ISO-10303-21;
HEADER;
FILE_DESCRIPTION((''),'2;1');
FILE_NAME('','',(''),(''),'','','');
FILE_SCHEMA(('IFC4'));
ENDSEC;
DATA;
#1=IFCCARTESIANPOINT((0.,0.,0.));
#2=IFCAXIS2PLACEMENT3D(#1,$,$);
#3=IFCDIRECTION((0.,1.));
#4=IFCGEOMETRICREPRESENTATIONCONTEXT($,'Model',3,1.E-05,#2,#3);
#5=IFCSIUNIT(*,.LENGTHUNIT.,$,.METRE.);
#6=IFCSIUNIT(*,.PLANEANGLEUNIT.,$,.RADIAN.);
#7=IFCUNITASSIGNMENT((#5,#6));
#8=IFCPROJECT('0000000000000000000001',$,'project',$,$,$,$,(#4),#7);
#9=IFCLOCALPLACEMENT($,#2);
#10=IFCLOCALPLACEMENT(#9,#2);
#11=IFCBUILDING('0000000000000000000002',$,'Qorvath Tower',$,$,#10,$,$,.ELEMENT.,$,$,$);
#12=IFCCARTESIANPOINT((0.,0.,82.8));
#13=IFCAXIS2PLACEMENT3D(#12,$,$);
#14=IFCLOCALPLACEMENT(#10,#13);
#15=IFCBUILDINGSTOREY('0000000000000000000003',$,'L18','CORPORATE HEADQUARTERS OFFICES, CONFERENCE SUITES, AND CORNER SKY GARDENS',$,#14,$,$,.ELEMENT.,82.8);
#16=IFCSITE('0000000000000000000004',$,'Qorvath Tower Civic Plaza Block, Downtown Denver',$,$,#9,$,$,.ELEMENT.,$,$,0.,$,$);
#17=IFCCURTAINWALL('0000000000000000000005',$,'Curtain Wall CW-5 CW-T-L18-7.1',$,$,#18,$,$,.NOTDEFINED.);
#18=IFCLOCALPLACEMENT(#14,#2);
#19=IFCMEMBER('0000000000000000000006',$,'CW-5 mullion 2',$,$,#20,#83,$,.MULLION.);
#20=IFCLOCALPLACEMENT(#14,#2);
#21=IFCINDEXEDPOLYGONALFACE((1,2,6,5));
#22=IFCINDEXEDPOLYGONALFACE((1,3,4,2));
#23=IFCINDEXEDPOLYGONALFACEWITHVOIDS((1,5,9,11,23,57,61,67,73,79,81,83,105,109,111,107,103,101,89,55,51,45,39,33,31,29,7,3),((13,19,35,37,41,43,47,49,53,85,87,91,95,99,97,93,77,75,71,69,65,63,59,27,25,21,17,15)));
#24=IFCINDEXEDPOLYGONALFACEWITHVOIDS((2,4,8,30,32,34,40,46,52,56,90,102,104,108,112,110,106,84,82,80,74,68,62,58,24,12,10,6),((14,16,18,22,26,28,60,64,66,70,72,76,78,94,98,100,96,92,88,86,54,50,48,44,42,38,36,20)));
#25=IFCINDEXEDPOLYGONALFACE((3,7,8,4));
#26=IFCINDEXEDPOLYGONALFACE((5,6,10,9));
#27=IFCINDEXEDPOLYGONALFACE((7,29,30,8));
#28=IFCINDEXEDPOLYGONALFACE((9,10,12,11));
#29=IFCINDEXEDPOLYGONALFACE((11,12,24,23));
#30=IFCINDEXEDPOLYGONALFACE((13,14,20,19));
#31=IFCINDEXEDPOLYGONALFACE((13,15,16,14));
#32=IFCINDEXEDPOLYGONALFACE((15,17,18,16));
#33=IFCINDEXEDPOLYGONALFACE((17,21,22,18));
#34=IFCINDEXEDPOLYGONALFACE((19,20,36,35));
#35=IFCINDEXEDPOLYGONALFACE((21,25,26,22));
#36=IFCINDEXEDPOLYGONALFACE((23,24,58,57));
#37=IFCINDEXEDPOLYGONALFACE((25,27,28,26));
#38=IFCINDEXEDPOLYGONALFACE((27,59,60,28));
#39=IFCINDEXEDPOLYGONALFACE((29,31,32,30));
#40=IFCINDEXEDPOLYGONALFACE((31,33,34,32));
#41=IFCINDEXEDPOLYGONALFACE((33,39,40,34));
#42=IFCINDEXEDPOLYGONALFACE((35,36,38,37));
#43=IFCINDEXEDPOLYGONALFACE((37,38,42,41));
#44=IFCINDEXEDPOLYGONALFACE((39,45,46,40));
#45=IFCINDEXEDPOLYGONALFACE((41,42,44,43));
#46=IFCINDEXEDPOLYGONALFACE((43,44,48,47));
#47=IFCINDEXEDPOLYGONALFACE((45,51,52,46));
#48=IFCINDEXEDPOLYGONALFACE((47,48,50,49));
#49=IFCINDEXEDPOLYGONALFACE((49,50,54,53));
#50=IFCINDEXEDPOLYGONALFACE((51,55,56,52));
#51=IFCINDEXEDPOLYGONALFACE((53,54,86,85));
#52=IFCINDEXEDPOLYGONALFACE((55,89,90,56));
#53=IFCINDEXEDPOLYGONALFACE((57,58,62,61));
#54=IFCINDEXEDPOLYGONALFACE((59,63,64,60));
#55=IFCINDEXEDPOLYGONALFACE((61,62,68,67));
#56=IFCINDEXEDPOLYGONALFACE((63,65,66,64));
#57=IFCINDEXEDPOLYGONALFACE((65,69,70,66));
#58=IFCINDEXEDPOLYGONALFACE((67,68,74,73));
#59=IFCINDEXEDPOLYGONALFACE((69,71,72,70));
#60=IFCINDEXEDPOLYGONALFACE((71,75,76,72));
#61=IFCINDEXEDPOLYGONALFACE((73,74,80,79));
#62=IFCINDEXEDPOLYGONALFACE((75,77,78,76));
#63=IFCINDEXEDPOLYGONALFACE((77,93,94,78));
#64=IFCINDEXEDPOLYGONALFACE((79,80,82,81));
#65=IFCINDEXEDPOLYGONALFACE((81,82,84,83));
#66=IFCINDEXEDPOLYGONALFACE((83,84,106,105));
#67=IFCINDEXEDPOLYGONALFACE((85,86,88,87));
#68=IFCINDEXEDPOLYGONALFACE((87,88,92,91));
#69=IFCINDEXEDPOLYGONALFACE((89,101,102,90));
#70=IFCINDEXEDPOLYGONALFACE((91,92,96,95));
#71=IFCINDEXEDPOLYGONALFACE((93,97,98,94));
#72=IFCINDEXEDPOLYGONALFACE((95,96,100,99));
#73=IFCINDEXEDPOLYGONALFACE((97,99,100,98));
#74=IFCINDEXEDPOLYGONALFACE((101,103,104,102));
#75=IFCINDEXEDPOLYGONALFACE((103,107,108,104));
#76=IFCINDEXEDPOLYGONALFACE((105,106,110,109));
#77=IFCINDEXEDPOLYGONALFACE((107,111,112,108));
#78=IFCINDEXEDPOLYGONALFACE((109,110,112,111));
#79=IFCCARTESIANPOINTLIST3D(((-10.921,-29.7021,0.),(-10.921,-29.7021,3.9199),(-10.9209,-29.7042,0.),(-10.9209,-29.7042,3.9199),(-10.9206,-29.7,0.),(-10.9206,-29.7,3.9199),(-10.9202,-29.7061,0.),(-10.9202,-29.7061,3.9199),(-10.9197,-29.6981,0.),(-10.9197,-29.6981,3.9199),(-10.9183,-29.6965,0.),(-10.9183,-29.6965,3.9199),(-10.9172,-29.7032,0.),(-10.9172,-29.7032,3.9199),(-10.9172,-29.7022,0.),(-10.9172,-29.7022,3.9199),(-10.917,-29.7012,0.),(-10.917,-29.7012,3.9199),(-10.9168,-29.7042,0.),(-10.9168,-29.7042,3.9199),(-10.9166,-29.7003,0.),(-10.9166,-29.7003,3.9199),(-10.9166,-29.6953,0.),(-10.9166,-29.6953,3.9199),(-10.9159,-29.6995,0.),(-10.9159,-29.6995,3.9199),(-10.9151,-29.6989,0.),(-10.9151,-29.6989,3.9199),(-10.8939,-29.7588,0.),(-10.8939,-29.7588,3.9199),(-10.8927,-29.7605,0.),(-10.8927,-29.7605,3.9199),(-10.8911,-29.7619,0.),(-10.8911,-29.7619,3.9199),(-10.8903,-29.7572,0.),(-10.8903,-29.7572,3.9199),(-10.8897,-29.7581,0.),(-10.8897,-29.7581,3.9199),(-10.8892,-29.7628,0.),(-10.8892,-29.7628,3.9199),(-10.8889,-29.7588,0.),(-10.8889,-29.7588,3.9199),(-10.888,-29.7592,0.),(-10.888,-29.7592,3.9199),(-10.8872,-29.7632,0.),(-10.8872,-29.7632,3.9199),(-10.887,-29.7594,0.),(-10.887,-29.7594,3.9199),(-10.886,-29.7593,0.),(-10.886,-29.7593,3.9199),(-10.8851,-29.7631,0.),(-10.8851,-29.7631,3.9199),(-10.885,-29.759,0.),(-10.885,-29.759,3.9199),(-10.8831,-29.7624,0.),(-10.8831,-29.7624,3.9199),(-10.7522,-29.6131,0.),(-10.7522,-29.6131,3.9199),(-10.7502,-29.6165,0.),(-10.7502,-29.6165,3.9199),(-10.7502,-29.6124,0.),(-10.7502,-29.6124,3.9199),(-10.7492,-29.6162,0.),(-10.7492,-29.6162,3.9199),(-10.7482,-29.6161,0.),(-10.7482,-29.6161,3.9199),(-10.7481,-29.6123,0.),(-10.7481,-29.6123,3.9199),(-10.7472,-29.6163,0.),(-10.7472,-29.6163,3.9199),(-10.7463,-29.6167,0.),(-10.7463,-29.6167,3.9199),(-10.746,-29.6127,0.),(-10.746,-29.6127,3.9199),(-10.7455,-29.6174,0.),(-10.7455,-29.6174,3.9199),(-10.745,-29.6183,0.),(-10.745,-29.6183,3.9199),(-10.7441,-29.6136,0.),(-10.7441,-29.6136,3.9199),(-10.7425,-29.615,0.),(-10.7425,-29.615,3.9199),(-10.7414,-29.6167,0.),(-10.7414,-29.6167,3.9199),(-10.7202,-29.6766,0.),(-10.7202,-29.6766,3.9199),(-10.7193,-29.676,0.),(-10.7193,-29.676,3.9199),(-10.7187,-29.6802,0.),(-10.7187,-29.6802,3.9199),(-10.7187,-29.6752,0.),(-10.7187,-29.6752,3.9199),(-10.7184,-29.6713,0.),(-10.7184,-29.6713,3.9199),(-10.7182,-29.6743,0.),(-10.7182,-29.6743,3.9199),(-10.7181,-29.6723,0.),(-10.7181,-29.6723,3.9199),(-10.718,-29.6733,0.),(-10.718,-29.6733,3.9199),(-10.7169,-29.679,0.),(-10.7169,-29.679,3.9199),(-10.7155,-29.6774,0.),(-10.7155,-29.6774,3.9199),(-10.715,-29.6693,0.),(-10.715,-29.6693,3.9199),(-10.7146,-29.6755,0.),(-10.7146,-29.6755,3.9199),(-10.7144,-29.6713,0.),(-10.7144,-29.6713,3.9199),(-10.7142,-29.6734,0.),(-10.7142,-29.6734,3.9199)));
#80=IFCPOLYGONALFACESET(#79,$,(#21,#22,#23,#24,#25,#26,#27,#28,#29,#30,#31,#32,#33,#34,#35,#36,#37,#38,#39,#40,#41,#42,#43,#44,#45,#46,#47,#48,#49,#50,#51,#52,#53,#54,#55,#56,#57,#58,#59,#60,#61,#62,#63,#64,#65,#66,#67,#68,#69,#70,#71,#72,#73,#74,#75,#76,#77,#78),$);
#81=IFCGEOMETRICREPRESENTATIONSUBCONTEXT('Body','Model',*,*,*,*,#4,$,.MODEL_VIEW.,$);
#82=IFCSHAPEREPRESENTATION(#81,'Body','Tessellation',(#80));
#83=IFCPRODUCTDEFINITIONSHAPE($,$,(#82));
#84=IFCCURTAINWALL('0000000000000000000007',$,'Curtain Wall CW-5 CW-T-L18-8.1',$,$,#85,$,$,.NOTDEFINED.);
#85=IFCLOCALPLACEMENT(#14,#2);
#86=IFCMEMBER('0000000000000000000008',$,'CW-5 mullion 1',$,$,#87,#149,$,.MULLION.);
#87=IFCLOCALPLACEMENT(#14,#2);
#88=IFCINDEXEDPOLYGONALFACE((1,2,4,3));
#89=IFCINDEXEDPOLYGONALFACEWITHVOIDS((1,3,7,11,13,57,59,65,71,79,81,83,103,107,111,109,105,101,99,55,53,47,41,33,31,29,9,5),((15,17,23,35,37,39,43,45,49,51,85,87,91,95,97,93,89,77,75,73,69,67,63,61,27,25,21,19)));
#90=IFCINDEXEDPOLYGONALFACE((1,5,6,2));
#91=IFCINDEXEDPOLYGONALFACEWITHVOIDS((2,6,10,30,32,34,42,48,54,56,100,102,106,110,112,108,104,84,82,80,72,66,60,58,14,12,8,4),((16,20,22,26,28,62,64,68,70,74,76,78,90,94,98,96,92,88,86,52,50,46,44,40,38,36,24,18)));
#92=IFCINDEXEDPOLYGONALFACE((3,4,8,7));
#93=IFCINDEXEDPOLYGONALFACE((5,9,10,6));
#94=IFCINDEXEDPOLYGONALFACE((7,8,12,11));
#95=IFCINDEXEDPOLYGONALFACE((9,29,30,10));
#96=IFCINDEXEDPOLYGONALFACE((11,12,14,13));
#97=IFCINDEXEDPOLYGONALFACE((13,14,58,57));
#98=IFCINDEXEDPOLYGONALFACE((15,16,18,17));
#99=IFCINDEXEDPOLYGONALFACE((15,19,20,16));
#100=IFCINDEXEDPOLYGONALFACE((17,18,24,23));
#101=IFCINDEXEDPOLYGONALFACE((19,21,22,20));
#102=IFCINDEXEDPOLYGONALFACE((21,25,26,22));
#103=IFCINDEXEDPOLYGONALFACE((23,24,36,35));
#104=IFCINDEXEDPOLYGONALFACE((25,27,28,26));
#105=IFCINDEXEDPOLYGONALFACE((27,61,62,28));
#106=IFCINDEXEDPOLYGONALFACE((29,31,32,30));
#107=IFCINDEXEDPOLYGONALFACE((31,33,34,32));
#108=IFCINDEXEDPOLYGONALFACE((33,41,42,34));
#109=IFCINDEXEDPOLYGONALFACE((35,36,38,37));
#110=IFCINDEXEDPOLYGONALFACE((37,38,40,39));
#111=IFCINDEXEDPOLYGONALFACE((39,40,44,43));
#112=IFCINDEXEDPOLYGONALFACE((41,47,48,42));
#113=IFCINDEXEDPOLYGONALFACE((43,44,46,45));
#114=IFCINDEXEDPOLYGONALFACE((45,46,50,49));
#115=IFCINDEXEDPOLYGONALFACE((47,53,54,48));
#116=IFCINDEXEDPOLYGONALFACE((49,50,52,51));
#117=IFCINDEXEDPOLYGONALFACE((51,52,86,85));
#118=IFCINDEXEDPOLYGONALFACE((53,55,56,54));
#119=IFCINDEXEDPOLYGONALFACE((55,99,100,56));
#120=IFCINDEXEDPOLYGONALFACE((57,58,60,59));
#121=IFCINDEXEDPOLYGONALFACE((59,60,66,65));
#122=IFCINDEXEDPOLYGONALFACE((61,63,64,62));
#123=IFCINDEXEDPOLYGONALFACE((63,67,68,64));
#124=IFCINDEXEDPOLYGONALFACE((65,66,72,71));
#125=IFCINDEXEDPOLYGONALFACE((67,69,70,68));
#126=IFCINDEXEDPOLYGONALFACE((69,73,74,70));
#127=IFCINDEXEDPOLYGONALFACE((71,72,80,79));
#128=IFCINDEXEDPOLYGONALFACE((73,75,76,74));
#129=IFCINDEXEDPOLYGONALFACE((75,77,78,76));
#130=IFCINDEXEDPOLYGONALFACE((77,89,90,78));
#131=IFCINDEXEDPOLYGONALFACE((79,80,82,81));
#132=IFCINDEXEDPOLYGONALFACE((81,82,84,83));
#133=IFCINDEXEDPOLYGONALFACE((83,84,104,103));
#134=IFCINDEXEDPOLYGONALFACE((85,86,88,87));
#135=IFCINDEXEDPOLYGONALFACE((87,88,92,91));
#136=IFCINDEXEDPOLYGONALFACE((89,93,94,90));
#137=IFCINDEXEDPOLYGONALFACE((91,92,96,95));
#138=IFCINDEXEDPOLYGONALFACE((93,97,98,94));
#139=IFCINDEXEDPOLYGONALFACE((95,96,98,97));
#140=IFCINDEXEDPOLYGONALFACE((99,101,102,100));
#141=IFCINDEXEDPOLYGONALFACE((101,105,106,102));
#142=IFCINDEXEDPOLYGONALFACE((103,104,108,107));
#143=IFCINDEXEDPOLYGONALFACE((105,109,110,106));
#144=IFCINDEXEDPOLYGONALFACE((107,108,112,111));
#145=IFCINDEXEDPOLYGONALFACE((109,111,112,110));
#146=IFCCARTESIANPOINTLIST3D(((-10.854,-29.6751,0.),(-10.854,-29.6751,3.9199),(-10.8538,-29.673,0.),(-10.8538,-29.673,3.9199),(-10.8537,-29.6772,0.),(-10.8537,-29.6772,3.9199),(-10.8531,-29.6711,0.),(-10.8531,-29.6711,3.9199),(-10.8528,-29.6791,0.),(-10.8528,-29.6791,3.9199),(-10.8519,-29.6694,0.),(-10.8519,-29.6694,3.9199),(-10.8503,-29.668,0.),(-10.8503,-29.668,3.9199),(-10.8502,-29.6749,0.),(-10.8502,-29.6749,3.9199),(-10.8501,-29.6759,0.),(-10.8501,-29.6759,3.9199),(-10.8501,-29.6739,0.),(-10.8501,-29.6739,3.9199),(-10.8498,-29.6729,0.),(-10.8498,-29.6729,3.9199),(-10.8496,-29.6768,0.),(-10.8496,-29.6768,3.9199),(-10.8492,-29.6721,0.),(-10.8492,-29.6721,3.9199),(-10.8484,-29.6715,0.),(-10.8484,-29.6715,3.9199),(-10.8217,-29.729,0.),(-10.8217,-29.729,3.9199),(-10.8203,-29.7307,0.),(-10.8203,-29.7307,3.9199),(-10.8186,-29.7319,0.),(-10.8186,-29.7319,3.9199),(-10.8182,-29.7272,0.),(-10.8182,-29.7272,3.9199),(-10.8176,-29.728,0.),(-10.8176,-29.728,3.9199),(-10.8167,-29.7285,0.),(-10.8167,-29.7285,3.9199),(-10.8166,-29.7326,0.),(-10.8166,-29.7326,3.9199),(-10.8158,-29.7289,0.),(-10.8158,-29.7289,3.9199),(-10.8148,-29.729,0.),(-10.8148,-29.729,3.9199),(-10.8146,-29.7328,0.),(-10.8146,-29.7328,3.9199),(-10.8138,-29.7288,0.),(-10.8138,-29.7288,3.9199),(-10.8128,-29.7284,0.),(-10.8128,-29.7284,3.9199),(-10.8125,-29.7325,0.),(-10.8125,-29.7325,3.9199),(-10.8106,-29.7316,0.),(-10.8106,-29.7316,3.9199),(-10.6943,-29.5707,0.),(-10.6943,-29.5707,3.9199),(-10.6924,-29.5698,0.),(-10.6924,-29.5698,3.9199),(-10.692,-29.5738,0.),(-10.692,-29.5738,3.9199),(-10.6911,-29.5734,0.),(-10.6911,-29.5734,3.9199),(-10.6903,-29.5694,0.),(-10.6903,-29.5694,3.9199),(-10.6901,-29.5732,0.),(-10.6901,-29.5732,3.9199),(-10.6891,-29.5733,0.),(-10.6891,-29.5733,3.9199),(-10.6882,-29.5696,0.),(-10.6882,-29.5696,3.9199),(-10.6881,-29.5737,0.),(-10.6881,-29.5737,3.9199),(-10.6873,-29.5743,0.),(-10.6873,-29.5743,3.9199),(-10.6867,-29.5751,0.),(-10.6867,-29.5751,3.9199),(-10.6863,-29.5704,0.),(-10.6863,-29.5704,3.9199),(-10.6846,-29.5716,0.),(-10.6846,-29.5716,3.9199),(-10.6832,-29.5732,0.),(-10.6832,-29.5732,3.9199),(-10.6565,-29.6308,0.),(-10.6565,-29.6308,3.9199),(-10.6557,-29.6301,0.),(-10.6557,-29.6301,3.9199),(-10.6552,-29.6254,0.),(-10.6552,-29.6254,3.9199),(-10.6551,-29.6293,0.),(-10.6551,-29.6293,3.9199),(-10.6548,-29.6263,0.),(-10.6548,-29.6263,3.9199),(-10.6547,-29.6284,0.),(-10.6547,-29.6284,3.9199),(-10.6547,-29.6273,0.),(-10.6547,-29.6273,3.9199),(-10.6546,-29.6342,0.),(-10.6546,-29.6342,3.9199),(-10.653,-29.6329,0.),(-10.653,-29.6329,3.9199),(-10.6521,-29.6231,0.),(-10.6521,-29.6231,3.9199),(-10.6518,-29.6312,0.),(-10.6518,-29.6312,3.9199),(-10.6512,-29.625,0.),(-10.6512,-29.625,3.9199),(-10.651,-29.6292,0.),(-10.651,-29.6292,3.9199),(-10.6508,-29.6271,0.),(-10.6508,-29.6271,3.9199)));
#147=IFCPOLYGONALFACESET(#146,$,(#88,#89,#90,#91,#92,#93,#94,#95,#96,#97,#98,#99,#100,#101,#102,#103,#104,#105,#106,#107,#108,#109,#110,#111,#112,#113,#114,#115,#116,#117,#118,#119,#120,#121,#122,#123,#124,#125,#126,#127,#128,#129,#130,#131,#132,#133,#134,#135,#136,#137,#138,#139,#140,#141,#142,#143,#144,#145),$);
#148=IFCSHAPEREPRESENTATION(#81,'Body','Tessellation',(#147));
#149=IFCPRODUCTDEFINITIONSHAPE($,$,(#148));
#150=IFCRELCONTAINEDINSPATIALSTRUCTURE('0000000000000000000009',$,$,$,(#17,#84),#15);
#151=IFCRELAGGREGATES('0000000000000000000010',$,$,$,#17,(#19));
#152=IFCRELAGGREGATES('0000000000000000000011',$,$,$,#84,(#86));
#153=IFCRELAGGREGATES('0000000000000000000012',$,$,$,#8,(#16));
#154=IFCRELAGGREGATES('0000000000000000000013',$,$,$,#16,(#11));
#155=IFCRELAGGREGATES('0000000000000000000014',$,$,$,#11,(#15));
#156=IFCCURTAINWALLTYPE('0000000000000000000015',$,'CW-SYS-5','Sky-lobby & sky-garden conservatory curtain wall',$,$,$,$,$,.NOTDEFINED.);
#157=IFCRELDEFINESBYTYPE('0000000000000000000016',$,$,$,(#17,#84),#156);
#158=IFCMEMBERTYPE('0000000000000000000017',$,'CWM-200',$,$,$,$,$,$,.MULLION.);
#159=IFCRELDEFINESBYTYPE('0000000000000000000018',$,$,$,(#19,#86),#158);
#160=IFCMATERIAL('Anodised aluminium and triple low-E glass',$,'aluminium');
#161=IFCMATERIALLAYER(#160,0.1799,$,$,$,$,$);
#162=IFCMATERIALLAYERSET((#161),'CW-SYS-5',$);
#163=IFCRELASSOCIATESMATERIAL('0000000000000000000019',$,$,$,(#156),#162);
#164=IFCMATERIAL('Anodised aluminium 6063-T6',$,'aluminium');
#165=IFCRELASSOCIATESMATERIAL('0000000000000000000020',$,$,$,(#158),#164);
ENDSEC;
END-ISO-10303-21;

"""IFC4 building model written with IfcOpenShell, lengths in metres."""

from ifc_helpers import new_model, si_unit, direction, frame, origin, origin_2d, place, context, subcontext, project, spatial, hollow_rectangle, extrude, material, layer, layer_set, material_profile, profile_set, type_object, element, aggregate, save


model = new_model("IFC4")

# Units and contexts
model_context = context("Model", 3, precision=1e-05, world=origin(), true_north=direction((0.0, 1.0)))
body_context = subcontext(model_context, "Body", "Model", "MODEL_VIEW")
ifc_project = project(units=[si_unit("LENGTHUNIT", "METRE"), si_unit("PLANEANGLEUNIT", "RADIAN")], contexts=[model_context])

# Site, building, storey
site_placement = place(None, origin())
site = spatial("IfcSite", under=ifc_project, at=site_placement, Name="Qorvath Tower Civic Plaza Block, Downtown Denver", CompositionType="ELEMENT", RefElevation=0.0)
building_placement = place(site_placement, origin())
building = spatial("IfcBuilding", under=site, at=building_placement, Name="Qorvath Tower", CompositionType="ELEMENT")
storey_placement = place(building_placement, frame((0.0, 0.0, 82.8)))
storey = spatial("IfcBuildingStorey", under=building, at=storey_placement, Name="L18", Description="CORPORATE HEADQUARTERS OFFICES, CONFERENCE SUITES, AND CORNER SKY GARDENS", CompositionType="ELEMENT", Elevation=82.8)

# Shared definitions
ifc_material_1 = material(Name="Anodised aluminium and triple low-E glass", Category="aluminium")
ifc_layer_1 = layer(ifc_material_1, 0.1799)
ifc_layer_set_1 = layer_set([ifc_layer_1], Name="CW-SYS-5")
curtain_wall_type = type_object("IfcCurtainWallType", Name="CW-SYS-5", Description="Sky-lobby & sky-garden conservatory curtain wall", PredefinedType="NOTDEFINED", material=ifc_layer_set_1)
ifc_material_2 = material(Name="Anodised aluminium 6063-T6", Category="aluminium")
ifc_material_profile_1 = material_profile(ifc_material_2, hollow_rectangle(XDim=0.075, YDim=0.2, WallThickness=0.0039, InnerFilletRadius=0.0039, OuterFilletRadius=0.0081, at=origin_2d()), Name="CWM 200x75")
ifc_profile_set_1 = profile_set([ifc_material_profile_1], Name="Anodised aluminium 6063-T6")
member_type_1 = type_object("IfcMemberType", Name="CWM-200", PredefinedType="MULLION", material=ifc_profile_set_1)

# Curtain walls, members
curtain_wall_1_placement = place(storey_placement, origin())
curtain_wall_1 = element("IfcCurtainWall", 1, at=curtain_wall_1_placement, inside=storey, type_object=curtain_wall_type, Name="Curtain Wall CW-5 CW-T-L18-7.1", PredefinedType="NOTDEFINED")
member_1_placement = place(storey_placement, frame((-10.8176, -29.6877, 0.0), z_axis=(0.0, 0.0, 1.0), x_axis=(-0.44719, 0.894439, 0.0)))
member_1 = element("IfcMember", 2, at=member_1_placement, type_object=member_type_1, Name="CW-5 mullion 2", PredefinedType="MULLION", context=body_context, shape_type="SweptSolid", body=[
    extrude(hollow_rectangle(XDim=0.075, YDim=0.2, WallThickness=0.0039, InnerFilletRadius=0.0039, OuterFilletRadius=0.0081, at=origin_2d()), origin(), (0.0, 0.0, 1.0), 3.9199),
])
curtain_wall_2_placement = place(storey_placement, origin())
curtain_wall_2 = element("IfcCurtainWall", 3, at=curtain_wall_2_placement, inside=storey, type_object=curtain_wall_type, Name="Curtain Wall CW-5 CW-T-L18-8.1", PredefinedType="NOTDEFINED")
member_2_placement = place(storey_placement, frame((-10.7524, -29.6511, 0.0), z_axis=(0.0, 0.0, 1.0), x_axis=(-0.529625, 0.848232, 0.0)))
member_2 = element("IfcMember", 4, at=member_2_placement, type_object=member_type_1, Name="CW-5 mullion 1", PredefinedType="MULLION", context=body_context, shape_type="SweptSolid", body=[
    extrude(hollow_rectangle(XDim=0.075, YDim=0.2, WallThickness=0.0039, InnerFilletRadius=0.0039, OuterFilletRadius=0.0081, at=origin_2d()), origin(), (0.0, 0.0, 1.0), 3.9199),
])

aggregate(curtain_wall_1, [member_1])
aggregate(curtain_wall_2, [member_2])

save(model, "model.ifc")
